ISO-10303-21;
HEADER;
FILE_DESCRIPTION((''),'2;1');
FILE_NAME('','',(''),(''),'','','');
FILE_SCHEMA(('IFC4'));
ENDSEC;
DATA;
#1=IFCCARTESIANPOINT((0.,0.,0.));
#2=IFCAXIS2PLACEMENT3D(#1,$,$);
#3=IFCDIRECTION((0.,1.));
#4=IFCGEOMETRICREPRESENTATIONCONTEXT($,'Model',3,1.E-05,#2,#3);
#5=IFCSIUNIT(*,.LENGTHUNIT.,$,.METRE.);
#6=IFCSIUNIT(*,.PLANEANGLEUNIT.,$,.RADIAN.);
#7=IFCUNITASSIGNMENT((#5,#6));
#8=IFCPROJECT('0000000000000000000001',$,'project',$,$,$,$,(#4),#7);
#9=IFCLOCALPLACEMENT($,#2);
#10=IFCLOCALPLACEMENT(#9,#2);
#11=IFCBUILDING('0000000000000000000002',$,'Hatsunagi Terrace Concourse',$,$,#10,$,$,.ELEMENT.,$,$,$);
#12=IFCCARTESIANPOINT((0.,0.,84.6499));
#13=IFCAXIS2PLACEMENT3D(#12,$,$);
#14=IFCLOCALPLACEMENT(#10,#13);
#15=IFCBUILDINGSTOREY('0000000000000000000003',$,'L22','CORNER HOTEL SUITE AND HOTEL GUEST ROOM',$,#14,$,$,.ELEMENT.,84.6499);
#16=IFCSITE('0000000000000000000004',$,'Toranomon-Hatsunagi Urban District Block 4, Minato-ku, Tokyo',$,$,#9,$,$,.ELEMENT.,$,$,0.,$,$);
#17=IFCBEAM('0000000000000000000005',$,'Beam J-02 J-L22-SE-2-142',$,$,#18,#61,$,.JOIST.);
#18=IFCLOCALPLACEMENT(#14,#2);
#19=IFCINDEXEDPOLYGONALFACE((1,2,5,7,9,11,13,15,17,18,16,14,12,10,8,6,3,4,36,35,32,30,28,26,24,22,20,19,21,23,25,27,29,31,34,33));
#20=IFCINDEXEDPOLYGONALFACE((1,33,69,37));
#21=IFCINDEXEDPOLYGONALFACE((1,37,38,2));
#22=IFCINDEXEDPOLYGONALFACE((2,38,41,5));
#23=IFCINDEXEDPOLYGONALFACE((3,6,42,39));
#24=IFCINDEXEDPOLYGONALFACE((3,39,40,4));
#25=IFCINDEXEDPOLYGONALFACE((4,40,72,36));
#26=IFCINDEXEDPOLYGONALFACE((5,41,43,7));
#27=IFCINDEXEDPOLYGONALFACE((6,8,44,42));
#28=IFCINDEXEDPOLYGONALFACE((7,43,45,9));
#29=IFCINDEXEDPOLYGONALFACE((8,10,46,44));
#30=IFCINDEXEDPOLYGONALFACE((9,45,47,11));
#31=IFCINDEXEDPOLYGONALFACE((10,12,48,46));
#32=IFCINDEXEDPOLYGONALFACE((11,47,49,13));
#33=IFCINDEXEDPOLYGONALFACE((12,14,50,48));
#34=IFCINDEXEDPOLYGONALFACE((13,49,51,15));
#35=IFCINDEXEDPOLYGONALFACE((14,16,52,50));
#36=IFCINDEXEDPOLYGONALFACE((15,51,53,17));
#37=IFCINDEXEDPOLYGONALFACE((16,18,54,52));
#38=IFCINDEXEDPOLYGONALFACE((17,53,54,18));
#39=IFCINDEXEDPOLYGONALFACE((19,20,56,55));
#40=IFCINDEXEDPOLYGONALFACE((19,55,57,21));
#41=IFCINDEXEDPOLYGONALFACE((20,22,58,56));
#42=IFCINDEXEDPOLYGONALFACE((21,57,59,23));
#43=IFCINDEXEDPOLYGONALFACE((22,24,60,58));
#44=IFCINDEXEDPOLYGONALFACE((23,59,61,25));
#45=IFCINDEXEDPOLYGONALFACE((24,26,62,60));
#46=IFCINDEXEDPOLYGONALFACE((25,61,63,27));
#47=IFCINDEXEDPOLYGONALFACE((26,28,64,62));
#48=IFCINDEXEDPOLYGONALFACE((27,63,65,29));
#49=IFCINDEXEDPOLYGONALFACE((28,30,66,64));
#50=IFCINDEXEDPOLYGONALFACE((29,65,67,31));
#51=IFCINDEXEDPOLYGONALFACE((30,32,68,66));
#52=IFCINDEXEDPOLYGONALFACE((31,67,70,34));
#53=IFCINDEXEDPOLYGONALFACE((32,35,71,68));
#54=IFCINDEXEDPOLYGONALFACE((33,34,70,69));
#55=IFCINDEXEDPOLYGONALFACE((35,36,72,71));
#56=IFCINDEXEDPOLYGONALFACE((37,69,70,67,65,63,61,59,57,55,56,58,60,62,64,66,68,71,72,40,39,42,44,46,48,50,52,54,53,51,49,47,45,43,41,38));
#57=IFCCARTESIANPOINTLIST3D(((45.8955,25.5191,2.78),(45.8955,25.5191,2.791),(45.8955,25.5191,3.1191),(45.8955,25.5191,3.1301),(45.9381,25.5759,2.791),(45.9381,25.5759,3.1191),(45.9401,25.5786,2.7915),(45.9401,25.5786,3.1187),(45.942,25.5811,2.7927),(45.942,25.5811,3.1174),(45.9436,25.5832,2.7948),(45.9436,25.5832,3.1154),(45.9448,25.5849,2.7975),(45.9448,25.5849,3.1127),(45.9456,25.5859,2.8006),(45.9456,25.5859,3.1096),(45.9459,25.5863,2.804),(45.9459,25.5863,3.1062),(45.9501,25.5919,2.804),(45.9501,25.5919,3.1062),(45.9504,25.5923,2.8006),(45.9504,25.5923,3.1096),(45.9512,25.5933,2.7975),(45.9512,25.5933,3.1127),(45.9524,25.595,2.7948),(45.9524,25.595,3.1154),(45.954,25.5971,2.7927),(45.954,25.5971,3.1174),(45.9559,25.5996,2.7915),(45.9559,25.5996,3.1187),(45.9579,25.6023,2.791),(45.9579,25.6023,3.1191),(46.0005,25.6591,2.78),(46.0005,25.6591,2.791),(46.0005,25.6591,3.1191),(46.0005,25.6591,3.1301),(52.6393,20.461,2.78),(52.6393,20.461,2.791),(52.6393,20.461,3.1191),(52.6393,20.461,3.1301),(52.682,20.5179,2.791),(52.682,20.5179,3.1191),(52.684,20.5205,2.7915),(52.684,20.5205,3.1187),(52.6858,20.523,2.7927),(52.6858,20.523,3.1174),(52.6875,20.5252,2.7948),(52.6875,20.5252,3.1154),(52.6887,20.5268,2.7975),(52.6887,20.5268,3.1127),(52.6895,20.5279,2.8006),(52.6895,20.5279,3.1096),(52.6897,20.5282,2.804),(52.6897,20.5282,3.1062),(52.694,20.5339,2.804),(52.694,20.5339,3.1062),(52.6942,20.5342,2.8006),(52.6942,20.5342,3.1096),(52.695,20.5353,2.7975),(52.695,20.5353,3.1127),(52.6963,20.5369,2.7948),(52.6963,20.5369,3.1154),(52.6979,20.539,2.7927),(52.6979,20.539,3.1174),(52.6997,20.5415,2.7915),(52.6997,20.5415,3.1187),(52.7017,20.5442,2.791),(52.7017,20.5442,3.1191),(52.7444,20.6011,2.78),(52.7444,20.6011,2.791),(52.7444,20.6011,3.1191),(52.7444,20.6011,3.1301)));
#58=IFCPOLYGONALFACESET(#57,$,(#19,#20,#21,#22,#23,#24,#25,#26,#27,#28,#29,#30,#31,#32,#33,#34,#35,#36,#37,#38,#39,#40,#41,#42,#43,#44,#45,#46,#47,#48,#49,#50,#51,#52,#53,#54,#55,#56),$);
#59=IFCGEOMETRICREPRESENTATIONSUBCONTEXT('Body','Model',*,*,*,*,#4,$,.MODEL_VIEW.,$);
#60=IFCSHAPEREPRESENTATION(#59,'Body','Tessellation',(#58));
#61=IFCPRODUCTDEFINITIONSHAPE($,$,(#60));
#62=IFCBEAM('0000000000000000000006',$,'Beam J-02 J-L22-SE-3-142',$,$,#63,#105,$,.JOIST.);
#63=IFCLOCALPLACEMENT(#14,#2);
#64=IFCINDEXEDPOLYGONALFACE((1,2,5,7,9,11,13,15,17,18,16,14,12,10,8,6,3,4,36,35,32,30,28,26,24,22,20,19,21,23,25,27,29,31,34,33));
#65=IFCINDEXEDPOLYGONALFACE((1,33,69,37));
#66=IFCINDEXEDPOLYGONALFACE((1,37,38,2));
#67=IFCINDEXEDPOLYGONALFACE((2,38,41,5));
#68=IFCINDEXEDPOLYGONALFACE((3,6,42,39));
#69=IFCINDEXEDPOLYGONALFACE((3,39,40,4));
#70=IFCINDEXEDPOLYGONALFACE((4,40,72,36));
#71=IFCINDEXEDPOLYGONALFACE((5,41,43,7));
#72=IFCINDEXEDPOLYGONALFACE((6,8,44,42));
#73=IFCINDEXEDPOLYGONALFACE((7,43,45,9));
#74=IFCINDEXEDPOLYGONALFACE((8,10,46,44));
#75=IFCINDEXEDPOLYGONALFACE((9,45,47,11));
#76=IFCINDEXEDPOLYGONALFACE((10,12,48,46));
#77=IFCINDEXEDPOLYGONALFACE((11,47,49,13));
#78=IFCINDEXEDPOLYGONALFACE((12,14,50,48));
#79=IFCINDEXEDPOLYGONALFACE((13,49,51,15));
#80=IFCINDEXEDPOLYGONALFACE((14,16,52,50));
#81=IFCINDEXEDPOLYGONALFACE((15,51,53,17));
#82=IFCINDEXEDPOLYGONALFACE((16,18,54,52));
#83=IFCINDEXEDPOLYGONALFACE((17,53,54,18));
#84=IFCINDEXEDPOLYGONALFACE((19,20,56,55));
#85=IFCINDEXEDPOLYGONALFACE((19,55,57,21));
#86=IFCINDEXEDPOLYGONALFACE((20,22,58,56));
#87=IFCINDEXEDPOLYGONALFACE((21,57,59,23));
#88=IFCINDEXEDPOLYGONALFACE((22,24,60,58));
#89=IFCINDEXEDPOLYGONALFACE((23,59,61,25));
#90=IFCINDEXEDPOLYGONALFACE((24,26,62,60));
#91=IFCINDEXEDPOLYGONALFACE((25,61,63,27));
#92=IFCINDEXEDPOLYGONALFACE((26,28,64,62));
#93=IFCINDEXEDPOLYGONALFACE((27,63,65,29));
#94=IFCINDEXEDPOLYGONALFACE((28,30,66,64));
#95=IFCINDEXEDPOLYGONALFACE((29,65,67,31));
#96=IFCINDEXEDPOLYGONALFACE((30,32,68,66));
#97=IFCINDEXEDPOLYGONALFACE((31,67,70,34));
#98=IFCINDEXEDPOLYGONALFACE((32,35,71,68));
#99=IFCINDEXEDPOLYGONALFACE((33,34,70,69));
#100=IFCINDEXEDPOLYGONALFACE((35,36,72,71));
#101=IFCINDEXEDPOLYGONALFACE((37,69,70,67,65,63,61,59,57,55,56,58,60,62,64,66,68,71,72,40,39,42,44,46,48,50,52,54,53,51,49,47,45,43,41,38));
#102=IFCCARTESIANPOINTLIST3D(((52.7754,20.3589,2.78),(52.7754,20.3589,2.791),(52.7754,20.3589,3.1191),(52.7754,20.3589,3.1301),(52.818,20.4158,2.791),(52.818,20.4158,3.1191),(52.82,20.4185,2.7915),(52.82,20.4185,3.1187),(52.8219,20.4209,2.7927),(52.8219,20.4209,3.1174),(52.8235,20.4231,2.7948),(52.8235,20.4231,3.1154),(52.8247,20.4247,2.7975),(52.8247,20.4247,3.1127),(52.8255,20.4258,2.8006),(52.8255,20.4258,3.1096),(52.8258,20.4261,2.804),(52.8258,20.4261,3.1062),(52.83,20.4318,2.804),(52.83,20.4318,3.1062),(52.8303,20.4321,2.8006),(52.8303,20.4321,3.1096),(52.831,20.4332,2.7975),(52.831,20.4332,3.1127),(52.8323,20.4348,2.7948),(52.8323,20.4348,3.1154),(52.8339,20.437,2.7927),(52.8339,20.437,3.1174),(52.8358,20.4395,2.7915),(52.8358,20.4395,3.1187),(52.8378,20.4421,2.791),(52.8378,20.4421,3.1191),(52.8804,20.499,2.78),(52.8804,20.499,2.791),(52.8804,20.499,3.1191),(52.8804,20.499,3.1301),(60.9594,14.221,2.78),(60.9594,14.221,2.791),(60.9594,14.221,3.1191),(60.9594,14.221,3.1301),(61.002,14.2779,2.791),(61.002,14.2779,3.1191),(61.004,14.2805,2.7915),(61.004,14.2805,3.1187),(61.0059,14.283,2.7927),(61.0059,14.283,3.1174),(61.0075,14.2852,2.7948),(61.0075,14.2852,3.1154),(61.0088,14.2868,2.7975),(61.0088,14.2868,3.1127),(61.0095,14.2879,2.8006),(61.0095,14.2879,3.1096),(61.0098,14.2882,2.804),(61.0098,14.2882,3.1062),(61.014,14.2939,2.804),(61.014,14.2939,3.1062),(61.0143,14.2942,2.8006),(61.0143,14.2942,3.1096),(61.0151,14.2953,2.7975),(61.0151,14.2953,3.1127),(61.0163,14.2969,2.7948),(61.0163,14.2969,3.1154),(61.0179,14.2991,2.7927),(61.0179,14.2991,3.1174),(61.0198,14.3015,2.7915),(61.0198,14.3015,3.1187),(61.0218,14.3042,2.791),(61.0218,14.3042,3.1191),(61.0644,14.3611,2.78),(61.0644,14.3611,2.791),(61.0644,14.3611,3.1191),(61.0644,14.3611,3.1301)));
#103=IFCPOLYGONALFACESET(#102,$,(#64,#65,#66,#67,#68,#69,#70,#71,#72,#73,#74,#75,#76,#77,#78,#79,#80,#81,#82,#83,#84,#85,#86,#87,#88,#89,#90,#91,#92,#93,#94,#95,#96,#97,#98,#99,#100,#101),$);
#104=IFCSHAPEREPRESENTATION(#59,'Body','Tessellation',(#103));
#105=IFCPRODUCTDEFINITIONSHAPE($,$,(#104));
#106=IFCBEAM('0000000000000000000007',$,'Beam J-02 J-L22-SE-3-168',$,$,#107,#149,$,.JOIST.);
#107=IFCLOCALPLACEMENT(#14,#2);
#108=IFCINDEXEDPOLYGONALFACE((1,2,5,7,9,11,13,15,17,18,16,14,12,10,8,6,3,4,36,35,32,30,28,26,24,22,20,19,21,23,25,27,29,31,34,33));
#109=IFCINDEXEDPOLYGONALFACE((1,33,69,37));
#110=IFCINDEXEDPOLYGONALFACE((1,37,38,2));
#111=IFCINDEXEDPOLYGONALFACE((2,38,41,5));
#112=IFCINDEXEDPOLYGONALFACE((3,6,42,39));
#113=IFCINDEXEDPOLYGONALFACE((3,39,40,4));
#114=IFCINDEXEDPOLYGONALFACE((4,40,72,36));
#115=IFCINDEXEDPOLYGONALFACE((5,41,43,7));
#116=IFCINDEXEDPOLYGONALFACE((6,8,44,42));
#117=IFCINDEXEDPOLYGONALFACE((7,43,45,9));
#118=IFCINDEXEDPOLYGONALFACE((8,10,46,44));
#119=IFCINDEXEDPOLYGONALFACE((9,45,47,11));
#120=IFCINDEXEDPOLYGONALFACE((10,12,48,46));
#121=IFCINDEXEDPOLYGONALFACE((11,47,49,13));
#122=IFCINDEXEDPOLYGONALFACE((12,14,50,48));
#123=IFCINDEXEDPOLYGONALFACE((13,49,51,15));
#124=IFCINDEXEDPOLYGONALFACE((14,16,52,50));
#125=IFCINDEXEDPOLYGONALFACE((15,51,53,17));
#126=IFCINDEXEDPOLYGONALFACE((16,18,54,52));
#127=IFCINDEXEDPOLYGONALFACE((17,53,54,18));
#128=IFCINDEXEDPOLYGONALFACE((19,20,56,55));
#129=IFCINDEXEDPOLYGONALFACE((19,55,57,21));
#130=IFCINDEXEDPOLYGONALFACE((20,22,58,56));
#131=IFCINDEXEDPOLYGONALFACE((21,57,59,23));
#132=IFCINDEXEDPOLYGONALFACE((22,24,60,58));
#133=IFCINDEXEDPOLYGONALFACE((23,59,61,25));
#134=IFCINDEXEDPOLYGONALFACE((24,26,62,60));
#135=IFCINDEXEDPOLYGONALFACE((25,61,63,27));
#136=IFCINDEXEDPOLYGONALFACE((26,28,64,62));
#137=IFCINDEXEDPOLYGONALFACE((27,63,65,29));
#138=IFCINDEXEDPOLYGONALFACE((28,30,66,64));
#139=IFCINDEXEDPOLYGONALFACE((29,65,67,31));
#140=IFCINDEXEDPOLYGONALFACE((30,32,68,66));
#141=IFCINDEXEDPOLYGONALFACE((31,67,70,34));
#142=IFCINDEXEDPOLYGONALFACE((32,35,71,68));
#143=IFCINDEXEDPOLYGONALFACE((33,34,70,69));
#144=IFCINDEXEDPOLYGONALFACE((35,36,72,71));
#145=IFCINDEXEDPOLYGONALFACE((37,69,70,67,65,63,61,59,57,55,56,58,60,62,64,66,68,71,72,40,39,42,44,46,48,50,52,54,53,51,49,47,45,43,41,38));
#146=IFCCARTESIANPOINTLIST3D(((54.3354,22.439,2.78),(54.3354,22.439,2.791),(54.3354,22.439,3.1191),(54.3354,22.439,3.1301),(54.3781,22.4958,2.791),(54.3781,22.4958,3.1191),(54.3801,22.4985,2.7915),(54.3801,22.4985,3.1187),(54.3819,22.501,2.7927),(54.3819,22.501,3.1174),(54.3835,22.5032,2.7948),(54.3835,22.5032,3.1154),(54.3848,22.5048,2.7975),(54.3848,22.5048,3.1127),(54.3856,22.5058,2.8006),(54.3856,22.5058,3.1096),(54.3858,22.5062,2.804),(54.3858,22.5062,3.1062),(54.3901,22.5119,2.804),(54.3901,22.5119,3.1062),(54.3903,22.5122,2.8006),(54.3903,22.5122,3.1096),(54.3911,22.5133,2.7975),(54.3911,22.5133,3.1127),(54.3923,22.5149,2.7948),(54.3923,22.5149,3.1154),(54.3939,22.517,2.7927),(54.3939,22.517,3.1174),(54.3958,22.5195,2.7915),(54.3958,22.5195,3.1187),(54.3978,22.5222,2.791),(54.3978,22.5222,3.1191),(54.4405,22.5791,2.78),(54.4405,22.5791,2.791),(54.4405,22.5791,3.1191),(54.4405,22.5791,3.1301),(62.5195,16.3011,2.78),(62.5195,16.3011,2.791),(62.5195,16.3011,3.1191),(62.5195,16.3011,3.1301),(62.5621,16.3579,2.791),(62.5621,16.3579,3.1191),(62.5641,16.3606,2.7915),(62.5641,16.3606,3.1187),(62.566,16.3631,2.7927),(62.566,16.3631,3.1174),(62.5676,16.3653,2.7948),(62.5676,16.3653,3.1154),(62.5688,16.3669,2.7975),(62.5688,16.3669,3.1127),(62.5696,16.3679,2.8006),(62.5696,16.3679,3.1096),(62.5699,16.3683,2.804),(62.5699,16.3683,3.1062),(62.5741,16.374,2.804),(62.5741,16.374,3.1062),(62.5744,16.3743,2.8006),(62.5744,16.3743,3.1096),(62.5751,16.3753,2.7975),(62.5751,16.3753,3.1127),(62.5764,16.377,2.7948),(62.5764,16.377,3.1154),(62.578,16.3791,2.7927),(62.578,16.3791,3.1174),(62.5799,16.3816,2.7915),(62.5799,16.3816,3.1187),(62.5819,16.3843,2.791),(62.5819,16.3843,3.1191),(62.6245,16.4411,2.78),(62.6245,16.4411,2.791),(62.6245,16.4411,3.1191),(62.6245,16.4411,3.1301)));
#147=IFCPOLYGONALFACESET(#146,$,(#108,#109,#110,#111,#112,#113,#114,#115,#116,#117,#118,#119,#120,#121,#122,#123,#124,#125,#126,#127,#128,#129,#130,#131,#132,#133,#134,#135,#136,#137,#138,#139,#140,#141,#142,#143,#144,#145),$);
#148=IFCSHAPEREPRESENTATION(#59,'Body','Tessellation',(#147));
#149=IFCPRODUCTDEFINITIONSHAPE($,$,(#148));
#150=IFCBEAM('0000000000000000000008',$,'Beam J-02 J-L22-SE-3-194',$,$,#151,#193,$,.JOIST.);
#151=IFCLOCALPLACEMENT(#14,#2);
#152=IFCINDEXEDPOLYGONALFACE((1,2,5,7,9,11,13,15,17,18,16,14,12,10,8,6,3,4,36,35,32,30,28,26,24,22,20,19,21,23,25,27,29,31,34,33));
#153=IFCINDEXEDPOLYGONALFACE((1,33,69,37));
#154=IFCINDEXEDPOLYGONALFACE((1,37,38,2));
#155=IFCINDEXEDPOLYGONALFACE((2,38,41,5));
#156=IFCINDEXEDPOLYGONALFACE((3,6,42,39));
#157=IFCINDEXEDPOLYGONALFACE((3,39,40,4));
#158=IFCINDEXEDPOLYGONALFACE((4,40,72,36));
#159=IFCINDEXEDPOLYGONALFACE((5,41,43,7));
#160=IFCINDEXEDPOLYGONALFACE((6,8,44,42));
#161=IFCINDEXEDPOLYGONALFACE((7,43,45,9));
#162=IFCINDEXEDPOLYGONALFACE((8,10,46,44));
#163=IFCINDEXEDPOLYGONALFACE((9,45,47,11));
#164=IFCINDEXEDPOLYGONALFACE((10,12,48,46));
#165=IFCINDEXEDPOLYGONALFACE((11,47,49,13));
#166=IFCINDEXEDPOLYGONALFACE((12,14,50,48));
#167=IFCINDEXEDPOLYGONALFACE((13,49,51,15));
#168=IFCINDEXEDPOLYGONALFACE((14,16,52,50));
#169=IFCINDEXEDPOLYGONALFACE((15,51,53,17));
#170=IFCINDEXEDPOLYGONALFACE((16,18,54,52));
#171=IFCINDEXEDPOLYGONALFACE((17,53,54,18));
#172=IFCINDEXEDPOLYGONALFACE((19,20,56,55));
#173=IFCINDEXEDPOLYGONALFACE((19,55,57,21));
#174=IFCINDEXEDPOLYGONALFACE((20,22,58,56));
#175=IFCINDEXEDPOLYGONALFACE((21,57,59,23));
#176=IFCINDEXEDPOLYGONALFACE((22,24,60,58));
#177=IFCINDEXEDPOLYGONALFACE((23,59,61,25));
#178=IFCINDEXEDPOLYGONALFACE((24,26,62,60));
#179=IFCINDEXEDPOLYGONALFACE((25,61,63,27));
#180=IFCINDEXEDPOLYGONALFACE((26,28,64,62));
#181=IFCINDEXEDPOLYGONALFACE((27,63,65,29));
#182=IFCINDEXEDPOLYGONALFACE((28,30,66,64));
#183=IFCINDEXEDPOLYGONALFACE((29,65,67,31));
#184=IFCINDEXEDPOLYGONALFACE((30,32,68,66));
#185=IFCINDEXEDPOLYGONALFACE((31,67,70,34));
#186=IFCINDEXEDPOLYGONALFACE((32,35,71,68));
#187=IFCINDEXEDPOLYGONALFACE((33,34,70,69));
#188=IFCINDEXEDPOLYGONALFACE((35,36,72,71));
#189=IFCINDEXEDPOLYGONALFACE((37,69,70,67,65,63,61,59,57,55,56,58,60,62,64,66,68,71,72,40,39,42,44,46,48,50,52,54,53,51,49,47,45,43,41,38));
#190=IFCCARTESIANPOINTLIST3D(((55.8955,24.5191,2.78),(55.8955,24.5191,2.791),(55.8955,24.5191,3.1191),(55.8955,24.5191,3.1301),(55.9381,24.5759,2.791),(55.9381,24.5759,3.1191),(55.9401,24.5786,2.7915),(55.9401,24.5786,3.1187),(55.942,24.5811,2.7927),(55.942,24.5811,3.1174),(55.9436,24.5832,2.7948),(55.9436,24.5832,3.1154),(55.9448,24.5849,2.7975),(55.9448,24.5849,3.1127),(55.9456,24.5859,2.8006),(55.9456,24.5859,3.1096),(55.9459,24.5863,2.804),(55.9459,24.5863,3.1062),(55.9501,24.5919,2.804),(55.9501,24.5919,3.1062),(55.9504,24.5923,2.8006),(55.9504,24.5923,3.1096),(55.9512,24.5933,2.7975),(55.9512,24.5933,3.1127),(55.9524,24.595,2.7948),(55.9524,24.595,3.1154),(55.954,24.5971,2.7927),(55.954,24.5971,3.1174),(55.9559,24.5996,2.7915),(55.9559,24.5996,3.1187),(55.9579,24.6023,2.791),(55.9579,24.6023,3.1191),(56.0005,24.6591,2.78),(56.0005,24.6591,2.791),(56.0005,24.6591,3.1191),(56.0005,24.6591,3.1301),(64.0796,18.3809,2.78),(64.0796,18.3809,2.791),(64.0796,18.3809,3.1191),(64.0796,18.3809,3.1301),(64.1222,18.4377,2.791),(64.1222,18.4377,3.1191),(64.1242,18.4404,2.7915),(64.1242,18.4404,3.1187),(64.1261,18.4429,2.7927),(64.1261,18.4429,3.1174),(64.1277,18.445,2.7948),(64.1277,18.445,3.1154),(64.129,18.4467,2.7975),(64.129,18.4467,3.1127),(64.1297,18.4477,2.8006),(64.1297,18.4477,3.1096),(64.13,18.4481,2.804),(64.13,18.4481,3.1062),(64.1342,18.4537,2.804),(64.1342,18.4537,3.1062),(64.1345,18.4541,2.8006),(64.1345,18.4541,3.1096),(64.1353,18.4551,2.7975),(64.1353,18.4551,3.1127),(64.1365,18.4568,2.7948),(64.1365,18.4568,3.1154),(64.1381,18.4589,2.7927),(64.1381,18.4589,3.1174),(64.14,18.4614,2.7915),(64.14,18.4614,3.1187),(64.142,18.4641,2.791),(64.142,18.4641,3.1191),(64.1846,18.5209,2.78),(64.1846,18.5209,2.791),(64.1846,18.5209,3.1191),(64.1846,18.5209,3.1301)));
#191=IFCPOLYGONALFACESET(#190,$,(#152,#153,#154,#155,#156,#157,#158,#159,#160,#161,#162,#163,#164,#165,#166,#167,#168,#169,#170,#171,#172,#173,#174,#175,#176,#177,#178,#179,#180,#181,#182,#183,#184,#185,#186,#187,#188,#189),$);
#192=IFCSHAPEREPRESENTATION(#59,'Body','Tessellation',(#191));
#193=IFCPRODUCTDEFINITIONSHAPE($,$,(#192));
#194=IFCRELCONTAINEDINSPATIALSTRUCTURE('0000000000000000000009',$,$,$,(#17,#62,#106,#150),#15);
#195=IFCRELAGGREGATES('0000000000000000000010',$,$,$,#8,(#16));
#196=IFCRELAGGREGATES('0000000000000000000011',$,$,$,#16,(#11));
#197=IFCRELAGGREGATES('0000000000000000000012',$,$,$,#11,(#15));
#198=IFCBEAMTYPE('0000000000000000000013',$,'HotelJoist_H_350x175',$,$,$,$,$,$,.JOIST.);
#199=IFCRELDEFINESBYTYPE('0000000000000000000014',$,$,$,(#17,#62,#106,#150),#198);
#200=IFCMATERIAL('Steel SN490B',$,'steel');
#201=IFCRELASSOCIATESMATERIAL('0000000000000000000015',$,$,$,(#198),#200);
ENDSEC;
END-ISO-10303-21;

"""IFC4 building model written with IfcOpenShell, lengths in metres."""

from ifc_helpers import new_model, si_unit, direction, frame, origin, origin_2d, place, context, subcontext, project, spatial, i_section, extrude, material, material_profile, profile_set, type_object, element, save


model = new_model("IFC4")

# Units and contexts
model_context = context("Model", 3, precision=1e-05, world=origin(), true_north=direction((0.0, 1.0)))
body_context = subcontext(model_context, "Body", "Model", "MODEL_VIEW")
ifc_project = project(units=[si_unit("LENGTHUNIT", "METRE"), si_unit("PLANEANGLEUNIT", "RADIAN")], contexts=[model_context])

# Site, building, storey
site_placement = place(None, origin())
site = spatial("IfcSite", under=ifc_project, at=site_placement, Name="Toranomon-Hatsunagi Urban District Block 4, Minato-ku, Tokyo", CompositionType="ELEMENT", RefElevation=0.0)
building_placement = place(site_placement, origin())
building = spatial("IfcBuilding", under=site, at=building_placement, Name="Hatsunagi Terrace Concourse", CompositionType="ELEMENT")
storey_placement = place(building_placement, frame((0.0, 0.0, 84.6499)))
storey = spatial("IfcBuildingStorey", under=building, at=storey_placement, Name="L22", Description="CORNER HOTEL SUITE AND HOTEL GUEST ROOM", CompositionType="ELEMENT", Elevation=84.6499)

# Beams
ifc_material_1 = material(Name="Steel SN490B", Category="steel")
ifc_material_profile_1 = material_profile(ifc_material_1, i_section(OverallWidth=0.175, OverallDepth=0.3501, WebThickness=0.0071, FlangeThickness=0.011, FilletRadius=0.0129, at=origin_2d()), Name="H-350x175x7x11")
ifc_profile_set_1 = profile_set([ifc_material_profile_1], Name="Steel SN490B")
beam_type_1 = type_object("IfcBeamType", Name="HotelJoist_H_350x175", PredefinedType="JOIST", material=ifc_profile_set_1)
beam_1_placement = place(storey_placement, frame((45.948, 25.5891, 2.9551), z_axis=(0.79999, -0.600014, 0.0), x_axis=(0.600014, 0.79999, 0.0)))
element("IfcBeam", 1, at=beam_1_placement, inside=storey, type_object=beam_type_1, Name="Beam J-02 J-L22-SE-2-142", PredefinedType="JOIST", context=body_context, shape_type="SweptSolid", body=[
    extrude(i_section(OverallWidth=0.175, OverallDepth=0.3501, WebThickness=0.0071, FlangeThickness=0.011, FilletRadius=0.0129, at=origin_2d()), origin(), (0.0, 0.0, 1.0), 8.4299),
])
for number, where, z_axis, x_axis, name in (
    (2, (52.8279, 20.429, 2.9551), (0.800006, -0.599992, 0.0), (0.599992, 0.800006, 0.0), "Beam J-02 J-L22-SE-3-142"),
    (3, (54.3879, 22.509, 2.9551), (0.800006, -0.599992, 0.0), (0.599992, 0.800006, 0.0), "Beam J-02 J-L22-SE-3-168"),
):
    element("IfcBeam", number, at=place(storey_placement, frame(where, z_axis=z_axis, x_axis=x_axis)), inside=storey, type_object=beam_type_1, Name=name, PredefinedType="JOIST", context=body_context, shape_type="SweptSolid", body=[
        extrude(i_section(OverallWidth=0.175, OverallDepth=0.3501, WebThickness=0.0071, FlangeThickness=0.011, FilletRadius=0.0129, at=origin_2d()), origin(), (0.0, 0.0, 1.0), 10.23),
    ])
beam_2_placement = place(storey_placement, frame((55.948, 24.5891, 2.9551), z_axis=(0.799994, -0.600008, 0.0), x_axis=(0.600008, 0.799994, 0.0)))
element("IfcBeam", 4, at=beam_2_placement, inside=storey, type_object=beam_type_1, Name="Beam J-02 J-L22-SE-3-194", PredefinedType="JOIST", context=body_context, shape_type="SweptSolid", body=[
    extrude(i_section(OverallWidth=0.175, OverallDepth=0.3501, WebThickness=0.0071, FlangeThickness=0.011, FilletRadius=0.0129, at=origin_2d()), origin(), (0.0, 0.0, 1.0), 10.2302),
])

save(model, "model.ifc")
